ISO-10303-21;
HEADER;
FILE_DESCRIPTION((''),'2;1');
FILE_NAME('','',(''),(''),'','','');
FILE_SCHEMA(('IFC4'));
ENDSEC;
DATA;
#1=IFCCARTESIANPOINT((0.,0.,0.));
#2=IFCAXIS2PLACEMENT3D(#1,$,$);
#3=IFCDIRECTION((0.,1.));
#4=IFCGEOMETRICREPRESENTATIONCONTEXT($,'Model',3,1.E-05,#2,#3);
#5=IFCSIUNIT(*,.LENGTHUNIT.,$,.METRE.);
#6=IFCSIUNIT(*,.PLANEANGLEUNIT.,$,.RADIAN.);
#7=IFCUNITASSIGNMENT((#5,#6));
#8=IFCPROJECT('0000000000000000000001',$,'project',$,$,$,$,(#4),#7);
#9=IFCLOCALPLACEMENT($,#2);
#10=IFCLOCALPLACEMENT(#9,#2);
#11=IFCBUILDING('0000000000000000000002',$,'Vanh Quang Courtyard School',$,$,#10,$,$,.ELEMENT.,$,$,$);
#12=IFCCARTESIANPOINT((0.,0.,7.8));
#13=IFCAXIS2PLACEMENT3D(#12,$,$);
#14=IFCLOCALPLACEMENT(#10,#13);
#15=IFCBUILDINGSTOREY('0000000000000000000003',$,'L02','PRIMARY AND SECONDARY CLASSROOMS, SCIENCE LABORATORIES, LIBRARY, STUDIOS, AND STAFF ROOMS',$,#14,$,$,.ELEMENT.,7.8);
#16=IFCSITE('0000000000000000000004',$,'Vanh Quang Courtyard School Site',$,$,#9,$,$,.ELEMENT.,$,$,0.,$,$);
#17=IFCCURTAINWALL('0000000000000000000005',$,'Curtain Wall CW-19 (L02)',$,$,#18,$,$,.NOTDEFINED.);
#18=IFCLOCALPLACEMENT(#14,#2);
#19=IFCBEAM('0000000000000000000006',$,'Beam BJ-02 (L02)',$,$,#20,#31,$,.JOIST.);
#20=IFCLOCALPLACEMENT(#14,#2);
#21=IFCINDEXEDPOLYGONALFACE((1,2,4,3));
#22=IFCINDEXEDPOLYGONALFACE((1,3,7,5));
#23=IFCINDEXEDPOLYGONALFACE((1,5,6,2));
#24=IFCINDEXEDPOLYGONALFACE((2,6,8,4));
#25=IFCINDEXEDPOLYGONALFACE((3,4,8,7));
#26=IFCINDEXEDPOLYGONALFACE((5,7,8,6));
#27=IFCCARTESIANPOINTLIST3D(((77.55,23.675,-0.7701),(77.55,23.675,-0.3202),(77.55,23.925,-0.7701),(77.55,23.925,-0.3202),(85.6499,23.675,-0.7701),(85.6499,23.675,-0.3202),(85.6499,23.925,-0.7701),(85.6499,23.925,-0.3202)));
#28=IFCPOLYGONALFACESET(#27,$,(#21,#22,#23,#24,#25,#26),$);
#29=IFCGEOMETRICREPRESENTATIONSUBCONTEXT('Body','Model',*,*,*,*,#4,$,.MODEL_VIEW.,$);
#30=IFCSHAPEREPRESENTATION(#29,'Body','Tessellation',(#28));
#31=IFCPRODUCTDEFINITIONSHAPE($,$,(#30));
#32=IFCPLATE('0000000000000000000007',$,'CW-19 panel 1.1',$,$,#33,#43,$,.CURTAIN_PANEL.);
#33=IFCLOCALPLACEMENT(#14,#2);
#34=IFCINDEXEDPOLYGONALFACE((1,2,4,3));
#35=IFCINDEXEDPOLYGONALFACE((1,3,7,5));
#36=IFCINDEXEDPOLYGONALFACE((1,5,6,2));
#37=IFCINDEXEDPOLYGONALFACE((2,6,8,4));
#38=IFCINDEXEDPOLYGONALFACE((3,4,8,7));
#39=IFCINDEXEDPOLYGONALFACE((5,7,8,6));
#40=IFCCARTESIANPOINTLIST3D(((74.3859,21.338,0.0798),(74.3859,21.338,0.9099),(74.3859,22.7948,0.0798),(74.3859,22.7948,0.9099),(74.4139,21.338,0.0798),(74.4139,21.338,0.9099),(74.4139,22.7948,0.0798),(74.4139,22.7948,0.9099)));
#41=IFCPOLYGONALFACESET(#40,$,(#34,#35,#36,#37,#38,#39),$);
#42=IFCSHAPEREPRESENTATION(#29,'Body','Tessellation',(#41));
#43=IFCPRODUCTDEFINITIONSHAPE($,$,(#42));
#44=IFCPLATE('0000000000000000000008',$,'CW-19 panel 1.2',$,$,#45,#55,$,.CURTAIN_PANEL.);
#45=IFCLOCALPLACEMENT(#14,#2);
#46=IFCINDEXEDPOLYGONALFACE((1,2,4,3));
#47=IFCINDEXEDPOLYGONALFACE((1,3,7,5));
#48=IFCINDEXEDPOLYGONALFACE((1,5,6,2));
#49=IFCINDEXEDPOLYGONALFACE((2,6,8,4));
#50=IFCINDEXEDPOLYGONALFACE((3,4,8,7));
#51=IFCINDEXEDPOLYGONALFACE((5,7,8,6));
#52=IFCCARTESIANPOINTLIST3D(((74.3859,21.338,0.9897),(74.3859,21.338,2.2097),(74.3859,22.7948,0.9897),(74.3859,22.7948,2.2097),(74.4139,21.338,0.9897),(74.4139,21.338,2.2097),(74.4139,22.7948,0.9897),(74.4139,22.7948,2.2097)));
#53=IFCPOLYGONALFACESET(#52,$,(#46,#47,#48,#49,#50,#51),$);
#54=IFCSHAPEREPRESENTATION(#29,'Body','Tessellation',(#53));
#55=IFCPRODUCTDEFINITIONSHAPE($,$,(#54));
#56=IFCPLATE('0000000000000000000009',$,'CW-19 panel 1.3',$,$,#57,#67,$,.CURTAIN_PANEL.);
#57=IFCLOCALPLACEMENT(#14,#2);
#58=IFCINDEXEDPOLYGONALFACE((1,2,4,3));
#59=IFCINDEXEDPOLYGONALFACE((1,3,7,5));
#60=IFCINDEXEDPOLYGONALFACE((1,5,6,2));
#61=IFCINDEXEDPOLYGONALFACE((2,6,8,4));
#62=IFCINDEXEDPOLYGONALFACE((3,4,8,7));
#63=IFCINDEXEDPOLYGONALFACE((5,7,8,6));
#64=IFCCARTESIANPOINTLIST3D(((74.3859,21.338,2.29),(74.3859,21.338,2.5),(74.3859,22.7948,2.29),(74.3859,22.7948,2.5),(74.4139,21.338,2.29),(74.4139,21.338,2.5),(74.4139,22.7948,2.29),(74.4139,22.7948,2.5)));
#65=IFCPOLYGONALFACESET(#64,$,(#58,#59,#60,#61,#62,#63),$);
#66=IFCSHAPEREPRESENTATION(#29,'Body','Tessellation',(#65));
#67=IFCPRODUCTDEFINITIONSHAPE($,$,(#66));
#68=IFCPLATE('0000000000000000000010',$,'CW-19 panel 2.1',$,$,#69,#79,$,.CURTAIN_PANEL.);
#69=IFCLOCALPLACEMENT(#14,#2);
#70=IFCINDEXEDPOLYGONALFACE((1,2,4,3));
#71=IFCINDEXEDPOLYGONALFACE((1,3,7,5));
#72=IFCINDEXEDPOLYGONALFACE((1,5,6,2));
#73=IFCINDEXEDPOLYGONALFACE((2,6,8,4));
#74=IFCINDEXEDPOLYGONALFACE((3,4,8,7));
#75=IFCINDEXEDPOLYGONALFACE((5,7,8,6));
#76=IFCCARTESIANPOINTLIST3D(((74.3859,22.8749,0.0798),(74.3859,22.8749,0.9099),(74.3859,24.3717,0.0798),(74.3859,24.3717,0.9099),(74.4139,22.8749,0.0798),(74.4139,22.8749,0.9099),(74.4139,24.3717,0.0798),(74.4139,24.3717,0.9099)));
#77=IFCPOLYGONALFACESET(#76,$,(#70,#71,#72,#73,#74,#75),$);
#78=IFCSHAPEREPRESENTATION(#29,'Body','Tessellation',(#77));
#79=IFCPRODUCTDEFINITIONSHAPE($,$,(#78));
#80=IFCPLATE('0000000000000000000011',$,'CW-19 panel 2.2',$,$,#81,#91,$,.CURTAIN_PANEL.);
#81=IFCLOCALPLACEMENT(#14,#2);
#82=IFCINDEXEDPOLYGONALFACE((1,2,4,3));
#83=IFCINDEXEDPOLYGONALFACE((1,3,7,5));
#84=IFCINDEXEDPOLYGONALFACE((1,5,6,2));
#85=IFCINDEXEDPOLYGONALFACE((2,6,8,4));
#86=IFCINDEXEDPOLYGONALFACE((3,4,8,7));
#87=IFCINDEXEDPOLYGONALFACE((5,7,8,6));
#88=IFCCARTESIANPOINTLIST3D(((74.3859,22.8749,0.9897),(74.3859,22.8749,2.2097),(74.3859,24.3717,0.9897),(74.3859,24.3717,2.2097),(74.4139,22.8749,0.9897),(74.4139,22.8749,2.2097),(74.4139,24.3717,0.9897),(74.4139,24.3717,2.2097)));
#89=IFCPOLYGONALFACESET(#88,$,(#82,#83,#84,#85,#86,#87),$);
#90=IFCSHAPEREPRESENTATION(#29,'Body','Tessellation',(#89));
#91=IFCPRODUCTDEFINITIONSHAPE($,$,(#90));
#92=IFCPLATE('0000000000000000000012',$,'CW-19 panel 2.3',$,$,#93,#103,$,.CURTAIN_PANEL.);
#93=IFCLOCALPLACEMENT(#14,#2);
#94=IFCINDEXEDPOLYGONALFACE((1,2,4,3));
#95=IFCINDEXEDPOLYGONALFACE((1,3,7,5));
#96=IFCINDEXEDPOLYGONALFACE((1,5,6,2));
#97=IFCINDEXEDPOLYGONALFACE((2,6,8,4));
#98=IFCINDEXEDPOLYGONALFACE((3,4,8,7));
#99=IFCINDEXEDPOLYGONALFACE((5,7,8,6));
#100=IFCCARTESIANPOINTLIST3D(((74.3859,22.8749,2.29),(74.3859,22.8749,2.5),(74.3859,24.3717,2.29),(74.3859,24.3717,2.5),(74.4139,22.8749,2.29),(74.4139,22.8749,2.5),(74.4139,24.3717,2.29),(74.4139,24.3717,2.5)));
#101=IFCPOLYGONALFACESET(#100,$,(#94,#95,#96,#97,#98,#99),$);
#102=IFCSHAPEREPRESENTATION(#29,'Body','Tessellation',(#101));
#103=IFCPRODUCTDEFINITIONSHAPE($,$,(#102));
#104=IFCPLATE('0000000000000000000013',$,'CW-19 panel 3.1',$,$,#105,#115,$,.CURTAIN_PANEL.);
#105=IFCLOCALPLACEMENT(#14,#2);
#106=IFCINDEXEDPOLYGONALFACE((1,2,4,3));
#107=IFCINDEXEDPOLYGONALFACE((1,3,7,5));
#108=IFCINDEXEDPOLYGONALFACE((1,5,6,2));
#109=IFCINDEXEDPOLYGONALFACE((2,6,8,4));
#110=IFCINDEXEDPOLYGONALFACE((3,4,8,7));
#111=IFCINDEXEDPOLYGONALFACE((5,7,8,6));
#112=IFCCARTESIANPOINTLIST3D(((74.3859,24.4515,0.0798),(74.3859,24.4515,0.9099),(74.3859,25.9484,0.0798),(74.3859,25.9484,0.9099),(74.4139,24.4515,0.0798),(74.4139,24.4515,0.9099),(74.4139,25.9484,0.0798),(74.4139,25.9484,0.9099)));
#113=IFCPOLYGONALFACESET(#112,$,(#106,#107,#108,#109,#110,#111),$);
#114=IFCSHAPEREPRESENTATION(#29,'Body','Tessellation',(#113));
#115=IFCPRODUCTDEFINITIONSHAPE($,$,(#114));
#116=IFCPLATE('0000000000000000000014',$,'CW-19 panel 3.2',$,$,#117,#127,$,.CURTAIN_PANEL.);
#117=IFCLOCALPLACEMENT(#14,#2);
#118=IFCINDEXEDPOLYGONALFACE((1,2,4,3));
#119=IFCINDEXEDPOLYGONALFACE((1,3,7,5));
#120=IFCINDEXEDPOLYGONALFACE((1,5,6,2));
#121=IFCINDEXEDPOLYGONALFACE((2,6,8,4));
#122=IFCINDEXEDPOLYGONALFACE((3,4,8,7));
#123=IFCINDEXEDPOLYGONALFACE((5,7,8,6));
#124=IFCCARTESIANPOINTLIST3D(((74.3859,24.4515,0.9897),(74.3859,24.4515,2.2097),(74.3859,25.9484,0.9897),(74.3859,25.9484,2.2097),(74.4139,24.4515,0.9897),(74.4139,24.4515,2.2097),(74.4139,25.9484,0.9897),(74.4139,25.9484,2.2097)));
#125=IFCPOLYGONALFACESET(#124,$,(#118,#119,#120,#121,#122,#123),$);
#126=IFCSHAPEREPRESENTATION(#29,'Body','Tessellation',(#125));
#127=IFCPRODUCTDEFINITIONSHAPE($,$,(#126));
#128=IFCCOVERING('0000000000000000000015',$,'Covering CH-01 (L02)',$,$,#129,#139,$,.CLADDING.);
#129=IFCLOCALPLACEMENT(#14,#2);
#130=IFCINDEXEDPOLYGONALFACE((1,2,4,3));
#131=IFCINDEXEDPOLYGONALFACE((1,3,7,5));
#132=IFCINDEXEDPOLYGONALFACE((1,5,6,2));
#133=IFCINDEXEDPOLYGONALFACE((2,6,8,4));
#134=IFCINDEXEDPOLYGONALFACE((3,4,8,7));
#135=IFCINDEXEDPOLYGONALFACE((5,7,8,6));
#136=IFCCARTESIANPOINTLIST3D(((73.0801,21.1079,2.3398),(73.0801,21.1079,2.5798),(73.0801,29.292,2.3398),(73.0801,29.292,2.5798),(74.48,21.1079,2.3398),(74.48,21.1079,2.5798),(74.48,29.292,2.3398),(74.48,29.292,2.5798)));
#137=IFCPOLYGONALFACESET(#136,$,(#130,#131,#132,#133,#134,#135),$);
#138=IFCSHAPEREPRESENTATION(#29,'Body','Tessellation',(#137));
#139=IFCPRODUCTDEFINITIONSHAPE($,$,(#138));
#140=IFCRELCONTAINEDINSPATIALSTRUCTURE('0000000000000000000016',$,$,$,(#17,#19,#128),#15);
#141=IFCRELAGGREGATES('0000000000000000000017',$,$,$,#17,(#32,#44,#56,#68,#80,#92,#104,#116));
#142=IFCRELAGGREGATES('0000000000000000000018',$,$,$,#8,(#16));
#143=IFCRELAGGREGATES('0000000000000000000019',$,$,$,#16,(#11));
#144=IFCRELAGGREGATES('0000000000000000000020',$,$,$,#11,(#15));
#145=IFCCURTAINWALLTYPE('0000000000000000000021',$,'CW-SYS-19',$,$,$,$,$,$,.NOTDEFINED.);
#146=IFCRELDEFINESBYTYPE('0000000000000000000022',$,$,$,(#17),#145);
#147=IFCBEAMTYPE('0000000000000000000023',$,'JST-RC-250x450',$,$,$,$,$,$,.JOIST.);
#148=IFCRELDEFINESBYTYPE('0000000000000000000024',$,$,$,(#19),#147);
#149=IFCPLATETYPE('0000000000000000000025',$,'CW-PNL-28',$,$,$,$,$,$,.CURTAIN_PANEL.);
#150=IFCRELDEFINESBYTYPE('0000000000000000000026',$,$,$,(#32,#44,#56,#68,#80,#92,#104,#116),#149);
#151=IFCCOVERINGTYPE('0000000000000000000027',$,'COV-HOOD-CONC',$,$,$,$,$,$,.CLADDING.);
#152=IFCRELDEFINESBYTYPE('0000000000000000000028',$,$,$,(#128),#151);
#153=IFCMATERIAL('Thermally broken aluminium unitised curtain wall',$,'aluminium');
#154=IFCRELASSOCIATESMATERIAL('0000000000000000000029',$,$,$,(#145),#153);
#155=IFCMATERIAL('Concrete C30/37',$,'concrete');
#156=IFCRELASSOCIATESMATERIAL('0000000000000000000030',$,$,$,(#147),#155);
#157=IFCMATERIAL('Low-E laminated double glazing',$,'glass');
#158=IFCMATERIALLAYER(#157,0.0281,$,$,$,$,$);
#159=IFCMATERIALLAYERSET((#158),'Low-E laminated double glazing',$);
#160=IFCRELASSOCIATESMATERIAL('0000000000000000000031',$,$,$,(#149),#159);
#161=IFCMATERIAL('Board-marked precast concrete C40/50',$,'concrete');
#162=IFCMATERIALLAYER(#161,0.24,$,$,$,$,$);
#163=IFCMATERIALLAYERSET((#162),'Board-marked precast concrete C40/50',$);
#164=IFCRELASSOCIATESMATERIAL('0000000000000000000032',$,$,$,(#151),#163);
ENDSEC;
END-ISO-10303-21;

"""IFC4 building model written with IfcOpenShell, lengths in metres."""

from ifc_helpers import new_model, si_unit, direction, frame, origin, origin_2d, place, context, subcontext, project, spatial, rectangle, extrude, material, layer, layer_set, material_profile, profile_set, type_object, element, aggregate, save


model = new_model("IFC4")

# Units and contexts
model_context = context("Model", 3, precision=1e-05, world=origin(), true_north=direction((0.0, 1.0)))
body_context = subcontext(model_context, "Body", "Model", "MODEL_VIEW")
ifc_project = project(units=[si_unit("LENGTHUNIT", "METRE"), si_unit("PLANEANGLEUNIT", "RADIAN")], contexts=[model_context])

# Site, building, storey
site_placement = place(None, origin())
site = spatial("IfcSite", under=ifc_project, at=site_placement, Name="Vanh Quang Courtyard School Site", CompositionType="ELEMENT", RefElevation=0.0)
building_placement = place(site_placement, origin())
building = spatial("IfcBuilding", under=site, at=building_placement, Name="Vanh Quang Courtyard School", CompositionType="ELEMENT")
storey_placement = place(building_placement, frame((0.0, 0.0, 7.8)))
storey = spatial("IfcBuildingStorey", under=building, at=storey_placement, Name="L02", Description="PRIMARY AND SECONDARY CLASSROOMS, SCIENCE LABORATORIES, LIBRARY, STUDIOS, AND STAFF ROOMS", CompositionType="ELEMENT", Elevation=7.8)

# Curtain wall
ifc_material_1 = material(Name="Thermally broken aluminium unitised curtain wall", Category="aluminium")
curtain_wall_type = type_object("IfcCurtainWallType", Name="CW-SYS-19", PredefinedType="NOTDEFINED", material=ifc_material_1)
curtain_wall_placement = place(storey_placement, origin())
curtain_wall = element("IfcCurtainWall", 1, at=curtain_wall_placement, inside=storey, type_object=curtain_wall_type, Name="Curtain Wall CW-19 (L02)", PredefinedType="NOTDEFINED")

# Beam
ifc_material_2 = material(Name="Concrete C30/37", Category="concrete")
ifc_material_profile_1 = material_profile(ifc_material_2, rectangle(XDim=0.25, YDim=0.45, at=origin_2d()), Name="RC-JST 250x450")
ifc_profile_set_1 = profile_set([ifc_material_profile_1], Name="Concrete C30/37")
beam_type = type_object("IfcBeamType", Name="JST-RC-250x450", PredefinedType="JOIST", material=ifc_profile_set_1)
beam_placement = place(storey_placement, frame((77.55, 23.8, -0.5452), z_axis=(1.0, 0.0, 0.0), x_axis=(0.0, 1.0, 0.0)))
element("IfcBeam", 2, at=beam_placement, inside=storey, type_object=beam_type, Name="Beam BJ-02 (L02)", PredefinedType="JOIST", context=body_context, shape_type="SweptSolid", body=[
    extrude(rectangle(XDim=0.25, YDim=0.45, at=origin_2d()), origin(), (0.0, 0.0, 1.0), 8.0999),
])

# Plates
ifc_material_3 = material(Name="Low-E laminated double glazing", Category="glass")
ifc_layer_1 = layer(ifc_material_3, 0.0281)
ifc_layer_set_1 = layer_set([ifc_layer_1], Name="Low-E laminated double glazing")
plate_type = type_object("IfcPlateType", Name="CW-PNL-28", PredefinedType="CURTAIN_PANEL", material=ifc_layer_set_1)
plate_1_placement = place(storey_placement, frame((74.3999, 22.0664, 0.0798), z_axis=(0.0, 0.0, 1.0), x_axis=(0.0, 1.0, 0.0)))
plate_1 = element("IfcPlate", 3, at=plate_1_placement, type_object=plate_type, Name="CW-19 panel 1.1", PredefinedType="CURTAIN_PANEL", context=body_context, shape_type="SweptSolid", body=[
    extrude(rectangle(XDim=1.4568, YDim=0.0281, at=origin_2d()), origin(), (0.0, 0.0, 1.0), 0.8301),
])
plate_2_placement = place(storey_placement, frame((74.3999, 22.0664, 0.9897), z_axis=(0.0, 0.0, 1.0), x_axis=(0.0, 1.0, 0.0)))
plate_2 = element("IfcPlate", 4, at=plate_2_placement, type_object=plate_type, Name="CW-19 panel 1.2", PredefinedType="CURTAIN_PANEL", context=body_context, shape_type="SweptSolid", body=[
    extrude(rectangle(XDim=1.4568, YDim=0.0281, at=origin_2d()), origin(), (0.0, 0.0, 1.0), 1.22),
])
plate_3_placement = place(storey_placement, frame((74.3999, 22.0664, 2.29), z_axis=(0.0, 0.0, 1.0), x_axis=(0.0, 1.0, 0.0)))
plate_3 = element("IfcPlate", 5, at=plate_3_placement, type_object=plate_type, Name="CW-19 panel 1.3", PredefinedType="CURTAIN_PANEL", context=body_context, shape_type="SweptSolid", body=[
    extrude(rectangle(XDim=1.4568, YDim=0.0281, at=origin_2d()), origin(), (0.0, 0.0, 1.0), 0.21),
])
plate_4_placement = place(storey_placement, frame((74.3999, 23.6233, 0.0798), z_axis=(0.0, 0.0, 1.0), x_axis=(0.0, 1.0, 0.0)))
plate_4 = element("IfcPlate", 6, at=plate_4_placement, type_object=plate_type, Name="CW-19 panel 2.1", PredefinedType="CURTAIN_PANEL", context=body_context, shape_type="SweptSolid", body=[
    extrude(rectangle(XDim=1.4968, YDim=0.0281, at=origin_2d()), origin(), (0.0, 0.0, 1.0), 0.8301),
])
plate_5_placement = place(storey_placement, frame((74.3999, 23.6233, 0.9897), z_axis=(0.0, 0.0, 1.0), x_axis=(0.0, 1.0, 0.0)))
plate_5 = element("IfcPlate", 7, at=plate_5_placement, type_object=plate_type, Name="CW-19 panel 2.2", PredefinedType="CURTAIN_PANEL", context=body_context, shape_type="SweptSolid", body=[
    extrude(rectangle(XDim=1.4968, YDim=0.0281, at=origin_2d()), origin(), (0.0, 0.0, 1.0), 1.22),
])
plate_6_placement = place(storey_placement, frame((74.3999, 23.6233, 2.29), z_axis=(0.0, 0.0, 1.0), x_axis=(0.0, 1.0, 0.0)))
plate_6 = element("IfcPlate", 8, at=plate_6_placement, type_object=plate_type, Name="CW-19 panel 2.3", PredefinedType="CURTAIN_PANEL", context=body_context, shape_type="SweptSolid", body=[
    extrude(rectangle(XDim=1.4968, YDim=0.0281, at=origin_2d()), origin(), (0.0, 0.0, 1.0), 0.21),
])
plate_7_placement = place(storey_placement, frame((74.3999, 25.2, 0.0798), z_axis=(0.0, 0.0, 1.0), x_axis=(0.0, 1.0, 0.0)))
plate_7 = element("IfcPlate", 9, at=plate_7_placement, type_object=plate_type, Name="CW-19 panel 3.1", PredefinedType="CURTAIN_PANEL", context=body_context, shape_type="SweptSolid", body=[
    extrude(rectangle(XDim=1.4968, YDim=0.0281, at=origin_2d()), origin(), (0.0, 0.0, 1.0), 0.8301),
])
plate_8_placement = place(storey_placement, frame((74.3999, 25.2, 0.9897), z_axis=(0.0, 0.0, 1.0), x_axis=(0.0, 1.0, 0.0)))
plate_8 = element("IfcPlate", 10, at=plate_8_placement, type_object=plate_type, Name="CW-19 panel 3.2", PredefinedType="CURTAIN_PANEL", context=body_context, shape_type="SweptSolid", body=[
    extrude(rectangle(XDim=1.4968, YDim=0.0281, at=origin_2d()), origin(), (0.0, 0.0, 1.0), 1.22),
])
aggregate(curtain_wall, [plate_1, plate_2, plate_3, plate_4, plate_5, plate_6, plate_7, plate_8])

# Covering
ifc_material_4 = material(Name="Board-marked precast concrete C40/50", Category="concrete")
ifc_layer_2 = layer(ifc_material_4, 0.24)
ifc_layer_set_2 = layer_set([ifc_layer_2], Name="Board-marked precast concrete C40/50")
covering_type = type_object("IfcCoveringType", Name="COV-HOOD-CONC", PredefinedType="CLADDING", material=ifc_layer_set_2)
covering_placement = place(storey_placement, frame((73.78, 25.2, 2.3398), z_axis=(0.0, 0.0, 1.0), x_axis=(0.0, 1.0, 0.0)))
element("IfcCovering", 11, at=covering_placement, inside=storey, type_object=covering_type, Name="Covering CH-01 (L02)", PredefinedType="CLADDING", context=body_context, shape_type="SweptSolid", body=[
    extrude(rectangle(XDim=8.1841, YDim=1.3999, at=origin_2d()), origin(), (0.0, 0.0, 1.0), 0.24),
])

save(model, "model.ifc")
